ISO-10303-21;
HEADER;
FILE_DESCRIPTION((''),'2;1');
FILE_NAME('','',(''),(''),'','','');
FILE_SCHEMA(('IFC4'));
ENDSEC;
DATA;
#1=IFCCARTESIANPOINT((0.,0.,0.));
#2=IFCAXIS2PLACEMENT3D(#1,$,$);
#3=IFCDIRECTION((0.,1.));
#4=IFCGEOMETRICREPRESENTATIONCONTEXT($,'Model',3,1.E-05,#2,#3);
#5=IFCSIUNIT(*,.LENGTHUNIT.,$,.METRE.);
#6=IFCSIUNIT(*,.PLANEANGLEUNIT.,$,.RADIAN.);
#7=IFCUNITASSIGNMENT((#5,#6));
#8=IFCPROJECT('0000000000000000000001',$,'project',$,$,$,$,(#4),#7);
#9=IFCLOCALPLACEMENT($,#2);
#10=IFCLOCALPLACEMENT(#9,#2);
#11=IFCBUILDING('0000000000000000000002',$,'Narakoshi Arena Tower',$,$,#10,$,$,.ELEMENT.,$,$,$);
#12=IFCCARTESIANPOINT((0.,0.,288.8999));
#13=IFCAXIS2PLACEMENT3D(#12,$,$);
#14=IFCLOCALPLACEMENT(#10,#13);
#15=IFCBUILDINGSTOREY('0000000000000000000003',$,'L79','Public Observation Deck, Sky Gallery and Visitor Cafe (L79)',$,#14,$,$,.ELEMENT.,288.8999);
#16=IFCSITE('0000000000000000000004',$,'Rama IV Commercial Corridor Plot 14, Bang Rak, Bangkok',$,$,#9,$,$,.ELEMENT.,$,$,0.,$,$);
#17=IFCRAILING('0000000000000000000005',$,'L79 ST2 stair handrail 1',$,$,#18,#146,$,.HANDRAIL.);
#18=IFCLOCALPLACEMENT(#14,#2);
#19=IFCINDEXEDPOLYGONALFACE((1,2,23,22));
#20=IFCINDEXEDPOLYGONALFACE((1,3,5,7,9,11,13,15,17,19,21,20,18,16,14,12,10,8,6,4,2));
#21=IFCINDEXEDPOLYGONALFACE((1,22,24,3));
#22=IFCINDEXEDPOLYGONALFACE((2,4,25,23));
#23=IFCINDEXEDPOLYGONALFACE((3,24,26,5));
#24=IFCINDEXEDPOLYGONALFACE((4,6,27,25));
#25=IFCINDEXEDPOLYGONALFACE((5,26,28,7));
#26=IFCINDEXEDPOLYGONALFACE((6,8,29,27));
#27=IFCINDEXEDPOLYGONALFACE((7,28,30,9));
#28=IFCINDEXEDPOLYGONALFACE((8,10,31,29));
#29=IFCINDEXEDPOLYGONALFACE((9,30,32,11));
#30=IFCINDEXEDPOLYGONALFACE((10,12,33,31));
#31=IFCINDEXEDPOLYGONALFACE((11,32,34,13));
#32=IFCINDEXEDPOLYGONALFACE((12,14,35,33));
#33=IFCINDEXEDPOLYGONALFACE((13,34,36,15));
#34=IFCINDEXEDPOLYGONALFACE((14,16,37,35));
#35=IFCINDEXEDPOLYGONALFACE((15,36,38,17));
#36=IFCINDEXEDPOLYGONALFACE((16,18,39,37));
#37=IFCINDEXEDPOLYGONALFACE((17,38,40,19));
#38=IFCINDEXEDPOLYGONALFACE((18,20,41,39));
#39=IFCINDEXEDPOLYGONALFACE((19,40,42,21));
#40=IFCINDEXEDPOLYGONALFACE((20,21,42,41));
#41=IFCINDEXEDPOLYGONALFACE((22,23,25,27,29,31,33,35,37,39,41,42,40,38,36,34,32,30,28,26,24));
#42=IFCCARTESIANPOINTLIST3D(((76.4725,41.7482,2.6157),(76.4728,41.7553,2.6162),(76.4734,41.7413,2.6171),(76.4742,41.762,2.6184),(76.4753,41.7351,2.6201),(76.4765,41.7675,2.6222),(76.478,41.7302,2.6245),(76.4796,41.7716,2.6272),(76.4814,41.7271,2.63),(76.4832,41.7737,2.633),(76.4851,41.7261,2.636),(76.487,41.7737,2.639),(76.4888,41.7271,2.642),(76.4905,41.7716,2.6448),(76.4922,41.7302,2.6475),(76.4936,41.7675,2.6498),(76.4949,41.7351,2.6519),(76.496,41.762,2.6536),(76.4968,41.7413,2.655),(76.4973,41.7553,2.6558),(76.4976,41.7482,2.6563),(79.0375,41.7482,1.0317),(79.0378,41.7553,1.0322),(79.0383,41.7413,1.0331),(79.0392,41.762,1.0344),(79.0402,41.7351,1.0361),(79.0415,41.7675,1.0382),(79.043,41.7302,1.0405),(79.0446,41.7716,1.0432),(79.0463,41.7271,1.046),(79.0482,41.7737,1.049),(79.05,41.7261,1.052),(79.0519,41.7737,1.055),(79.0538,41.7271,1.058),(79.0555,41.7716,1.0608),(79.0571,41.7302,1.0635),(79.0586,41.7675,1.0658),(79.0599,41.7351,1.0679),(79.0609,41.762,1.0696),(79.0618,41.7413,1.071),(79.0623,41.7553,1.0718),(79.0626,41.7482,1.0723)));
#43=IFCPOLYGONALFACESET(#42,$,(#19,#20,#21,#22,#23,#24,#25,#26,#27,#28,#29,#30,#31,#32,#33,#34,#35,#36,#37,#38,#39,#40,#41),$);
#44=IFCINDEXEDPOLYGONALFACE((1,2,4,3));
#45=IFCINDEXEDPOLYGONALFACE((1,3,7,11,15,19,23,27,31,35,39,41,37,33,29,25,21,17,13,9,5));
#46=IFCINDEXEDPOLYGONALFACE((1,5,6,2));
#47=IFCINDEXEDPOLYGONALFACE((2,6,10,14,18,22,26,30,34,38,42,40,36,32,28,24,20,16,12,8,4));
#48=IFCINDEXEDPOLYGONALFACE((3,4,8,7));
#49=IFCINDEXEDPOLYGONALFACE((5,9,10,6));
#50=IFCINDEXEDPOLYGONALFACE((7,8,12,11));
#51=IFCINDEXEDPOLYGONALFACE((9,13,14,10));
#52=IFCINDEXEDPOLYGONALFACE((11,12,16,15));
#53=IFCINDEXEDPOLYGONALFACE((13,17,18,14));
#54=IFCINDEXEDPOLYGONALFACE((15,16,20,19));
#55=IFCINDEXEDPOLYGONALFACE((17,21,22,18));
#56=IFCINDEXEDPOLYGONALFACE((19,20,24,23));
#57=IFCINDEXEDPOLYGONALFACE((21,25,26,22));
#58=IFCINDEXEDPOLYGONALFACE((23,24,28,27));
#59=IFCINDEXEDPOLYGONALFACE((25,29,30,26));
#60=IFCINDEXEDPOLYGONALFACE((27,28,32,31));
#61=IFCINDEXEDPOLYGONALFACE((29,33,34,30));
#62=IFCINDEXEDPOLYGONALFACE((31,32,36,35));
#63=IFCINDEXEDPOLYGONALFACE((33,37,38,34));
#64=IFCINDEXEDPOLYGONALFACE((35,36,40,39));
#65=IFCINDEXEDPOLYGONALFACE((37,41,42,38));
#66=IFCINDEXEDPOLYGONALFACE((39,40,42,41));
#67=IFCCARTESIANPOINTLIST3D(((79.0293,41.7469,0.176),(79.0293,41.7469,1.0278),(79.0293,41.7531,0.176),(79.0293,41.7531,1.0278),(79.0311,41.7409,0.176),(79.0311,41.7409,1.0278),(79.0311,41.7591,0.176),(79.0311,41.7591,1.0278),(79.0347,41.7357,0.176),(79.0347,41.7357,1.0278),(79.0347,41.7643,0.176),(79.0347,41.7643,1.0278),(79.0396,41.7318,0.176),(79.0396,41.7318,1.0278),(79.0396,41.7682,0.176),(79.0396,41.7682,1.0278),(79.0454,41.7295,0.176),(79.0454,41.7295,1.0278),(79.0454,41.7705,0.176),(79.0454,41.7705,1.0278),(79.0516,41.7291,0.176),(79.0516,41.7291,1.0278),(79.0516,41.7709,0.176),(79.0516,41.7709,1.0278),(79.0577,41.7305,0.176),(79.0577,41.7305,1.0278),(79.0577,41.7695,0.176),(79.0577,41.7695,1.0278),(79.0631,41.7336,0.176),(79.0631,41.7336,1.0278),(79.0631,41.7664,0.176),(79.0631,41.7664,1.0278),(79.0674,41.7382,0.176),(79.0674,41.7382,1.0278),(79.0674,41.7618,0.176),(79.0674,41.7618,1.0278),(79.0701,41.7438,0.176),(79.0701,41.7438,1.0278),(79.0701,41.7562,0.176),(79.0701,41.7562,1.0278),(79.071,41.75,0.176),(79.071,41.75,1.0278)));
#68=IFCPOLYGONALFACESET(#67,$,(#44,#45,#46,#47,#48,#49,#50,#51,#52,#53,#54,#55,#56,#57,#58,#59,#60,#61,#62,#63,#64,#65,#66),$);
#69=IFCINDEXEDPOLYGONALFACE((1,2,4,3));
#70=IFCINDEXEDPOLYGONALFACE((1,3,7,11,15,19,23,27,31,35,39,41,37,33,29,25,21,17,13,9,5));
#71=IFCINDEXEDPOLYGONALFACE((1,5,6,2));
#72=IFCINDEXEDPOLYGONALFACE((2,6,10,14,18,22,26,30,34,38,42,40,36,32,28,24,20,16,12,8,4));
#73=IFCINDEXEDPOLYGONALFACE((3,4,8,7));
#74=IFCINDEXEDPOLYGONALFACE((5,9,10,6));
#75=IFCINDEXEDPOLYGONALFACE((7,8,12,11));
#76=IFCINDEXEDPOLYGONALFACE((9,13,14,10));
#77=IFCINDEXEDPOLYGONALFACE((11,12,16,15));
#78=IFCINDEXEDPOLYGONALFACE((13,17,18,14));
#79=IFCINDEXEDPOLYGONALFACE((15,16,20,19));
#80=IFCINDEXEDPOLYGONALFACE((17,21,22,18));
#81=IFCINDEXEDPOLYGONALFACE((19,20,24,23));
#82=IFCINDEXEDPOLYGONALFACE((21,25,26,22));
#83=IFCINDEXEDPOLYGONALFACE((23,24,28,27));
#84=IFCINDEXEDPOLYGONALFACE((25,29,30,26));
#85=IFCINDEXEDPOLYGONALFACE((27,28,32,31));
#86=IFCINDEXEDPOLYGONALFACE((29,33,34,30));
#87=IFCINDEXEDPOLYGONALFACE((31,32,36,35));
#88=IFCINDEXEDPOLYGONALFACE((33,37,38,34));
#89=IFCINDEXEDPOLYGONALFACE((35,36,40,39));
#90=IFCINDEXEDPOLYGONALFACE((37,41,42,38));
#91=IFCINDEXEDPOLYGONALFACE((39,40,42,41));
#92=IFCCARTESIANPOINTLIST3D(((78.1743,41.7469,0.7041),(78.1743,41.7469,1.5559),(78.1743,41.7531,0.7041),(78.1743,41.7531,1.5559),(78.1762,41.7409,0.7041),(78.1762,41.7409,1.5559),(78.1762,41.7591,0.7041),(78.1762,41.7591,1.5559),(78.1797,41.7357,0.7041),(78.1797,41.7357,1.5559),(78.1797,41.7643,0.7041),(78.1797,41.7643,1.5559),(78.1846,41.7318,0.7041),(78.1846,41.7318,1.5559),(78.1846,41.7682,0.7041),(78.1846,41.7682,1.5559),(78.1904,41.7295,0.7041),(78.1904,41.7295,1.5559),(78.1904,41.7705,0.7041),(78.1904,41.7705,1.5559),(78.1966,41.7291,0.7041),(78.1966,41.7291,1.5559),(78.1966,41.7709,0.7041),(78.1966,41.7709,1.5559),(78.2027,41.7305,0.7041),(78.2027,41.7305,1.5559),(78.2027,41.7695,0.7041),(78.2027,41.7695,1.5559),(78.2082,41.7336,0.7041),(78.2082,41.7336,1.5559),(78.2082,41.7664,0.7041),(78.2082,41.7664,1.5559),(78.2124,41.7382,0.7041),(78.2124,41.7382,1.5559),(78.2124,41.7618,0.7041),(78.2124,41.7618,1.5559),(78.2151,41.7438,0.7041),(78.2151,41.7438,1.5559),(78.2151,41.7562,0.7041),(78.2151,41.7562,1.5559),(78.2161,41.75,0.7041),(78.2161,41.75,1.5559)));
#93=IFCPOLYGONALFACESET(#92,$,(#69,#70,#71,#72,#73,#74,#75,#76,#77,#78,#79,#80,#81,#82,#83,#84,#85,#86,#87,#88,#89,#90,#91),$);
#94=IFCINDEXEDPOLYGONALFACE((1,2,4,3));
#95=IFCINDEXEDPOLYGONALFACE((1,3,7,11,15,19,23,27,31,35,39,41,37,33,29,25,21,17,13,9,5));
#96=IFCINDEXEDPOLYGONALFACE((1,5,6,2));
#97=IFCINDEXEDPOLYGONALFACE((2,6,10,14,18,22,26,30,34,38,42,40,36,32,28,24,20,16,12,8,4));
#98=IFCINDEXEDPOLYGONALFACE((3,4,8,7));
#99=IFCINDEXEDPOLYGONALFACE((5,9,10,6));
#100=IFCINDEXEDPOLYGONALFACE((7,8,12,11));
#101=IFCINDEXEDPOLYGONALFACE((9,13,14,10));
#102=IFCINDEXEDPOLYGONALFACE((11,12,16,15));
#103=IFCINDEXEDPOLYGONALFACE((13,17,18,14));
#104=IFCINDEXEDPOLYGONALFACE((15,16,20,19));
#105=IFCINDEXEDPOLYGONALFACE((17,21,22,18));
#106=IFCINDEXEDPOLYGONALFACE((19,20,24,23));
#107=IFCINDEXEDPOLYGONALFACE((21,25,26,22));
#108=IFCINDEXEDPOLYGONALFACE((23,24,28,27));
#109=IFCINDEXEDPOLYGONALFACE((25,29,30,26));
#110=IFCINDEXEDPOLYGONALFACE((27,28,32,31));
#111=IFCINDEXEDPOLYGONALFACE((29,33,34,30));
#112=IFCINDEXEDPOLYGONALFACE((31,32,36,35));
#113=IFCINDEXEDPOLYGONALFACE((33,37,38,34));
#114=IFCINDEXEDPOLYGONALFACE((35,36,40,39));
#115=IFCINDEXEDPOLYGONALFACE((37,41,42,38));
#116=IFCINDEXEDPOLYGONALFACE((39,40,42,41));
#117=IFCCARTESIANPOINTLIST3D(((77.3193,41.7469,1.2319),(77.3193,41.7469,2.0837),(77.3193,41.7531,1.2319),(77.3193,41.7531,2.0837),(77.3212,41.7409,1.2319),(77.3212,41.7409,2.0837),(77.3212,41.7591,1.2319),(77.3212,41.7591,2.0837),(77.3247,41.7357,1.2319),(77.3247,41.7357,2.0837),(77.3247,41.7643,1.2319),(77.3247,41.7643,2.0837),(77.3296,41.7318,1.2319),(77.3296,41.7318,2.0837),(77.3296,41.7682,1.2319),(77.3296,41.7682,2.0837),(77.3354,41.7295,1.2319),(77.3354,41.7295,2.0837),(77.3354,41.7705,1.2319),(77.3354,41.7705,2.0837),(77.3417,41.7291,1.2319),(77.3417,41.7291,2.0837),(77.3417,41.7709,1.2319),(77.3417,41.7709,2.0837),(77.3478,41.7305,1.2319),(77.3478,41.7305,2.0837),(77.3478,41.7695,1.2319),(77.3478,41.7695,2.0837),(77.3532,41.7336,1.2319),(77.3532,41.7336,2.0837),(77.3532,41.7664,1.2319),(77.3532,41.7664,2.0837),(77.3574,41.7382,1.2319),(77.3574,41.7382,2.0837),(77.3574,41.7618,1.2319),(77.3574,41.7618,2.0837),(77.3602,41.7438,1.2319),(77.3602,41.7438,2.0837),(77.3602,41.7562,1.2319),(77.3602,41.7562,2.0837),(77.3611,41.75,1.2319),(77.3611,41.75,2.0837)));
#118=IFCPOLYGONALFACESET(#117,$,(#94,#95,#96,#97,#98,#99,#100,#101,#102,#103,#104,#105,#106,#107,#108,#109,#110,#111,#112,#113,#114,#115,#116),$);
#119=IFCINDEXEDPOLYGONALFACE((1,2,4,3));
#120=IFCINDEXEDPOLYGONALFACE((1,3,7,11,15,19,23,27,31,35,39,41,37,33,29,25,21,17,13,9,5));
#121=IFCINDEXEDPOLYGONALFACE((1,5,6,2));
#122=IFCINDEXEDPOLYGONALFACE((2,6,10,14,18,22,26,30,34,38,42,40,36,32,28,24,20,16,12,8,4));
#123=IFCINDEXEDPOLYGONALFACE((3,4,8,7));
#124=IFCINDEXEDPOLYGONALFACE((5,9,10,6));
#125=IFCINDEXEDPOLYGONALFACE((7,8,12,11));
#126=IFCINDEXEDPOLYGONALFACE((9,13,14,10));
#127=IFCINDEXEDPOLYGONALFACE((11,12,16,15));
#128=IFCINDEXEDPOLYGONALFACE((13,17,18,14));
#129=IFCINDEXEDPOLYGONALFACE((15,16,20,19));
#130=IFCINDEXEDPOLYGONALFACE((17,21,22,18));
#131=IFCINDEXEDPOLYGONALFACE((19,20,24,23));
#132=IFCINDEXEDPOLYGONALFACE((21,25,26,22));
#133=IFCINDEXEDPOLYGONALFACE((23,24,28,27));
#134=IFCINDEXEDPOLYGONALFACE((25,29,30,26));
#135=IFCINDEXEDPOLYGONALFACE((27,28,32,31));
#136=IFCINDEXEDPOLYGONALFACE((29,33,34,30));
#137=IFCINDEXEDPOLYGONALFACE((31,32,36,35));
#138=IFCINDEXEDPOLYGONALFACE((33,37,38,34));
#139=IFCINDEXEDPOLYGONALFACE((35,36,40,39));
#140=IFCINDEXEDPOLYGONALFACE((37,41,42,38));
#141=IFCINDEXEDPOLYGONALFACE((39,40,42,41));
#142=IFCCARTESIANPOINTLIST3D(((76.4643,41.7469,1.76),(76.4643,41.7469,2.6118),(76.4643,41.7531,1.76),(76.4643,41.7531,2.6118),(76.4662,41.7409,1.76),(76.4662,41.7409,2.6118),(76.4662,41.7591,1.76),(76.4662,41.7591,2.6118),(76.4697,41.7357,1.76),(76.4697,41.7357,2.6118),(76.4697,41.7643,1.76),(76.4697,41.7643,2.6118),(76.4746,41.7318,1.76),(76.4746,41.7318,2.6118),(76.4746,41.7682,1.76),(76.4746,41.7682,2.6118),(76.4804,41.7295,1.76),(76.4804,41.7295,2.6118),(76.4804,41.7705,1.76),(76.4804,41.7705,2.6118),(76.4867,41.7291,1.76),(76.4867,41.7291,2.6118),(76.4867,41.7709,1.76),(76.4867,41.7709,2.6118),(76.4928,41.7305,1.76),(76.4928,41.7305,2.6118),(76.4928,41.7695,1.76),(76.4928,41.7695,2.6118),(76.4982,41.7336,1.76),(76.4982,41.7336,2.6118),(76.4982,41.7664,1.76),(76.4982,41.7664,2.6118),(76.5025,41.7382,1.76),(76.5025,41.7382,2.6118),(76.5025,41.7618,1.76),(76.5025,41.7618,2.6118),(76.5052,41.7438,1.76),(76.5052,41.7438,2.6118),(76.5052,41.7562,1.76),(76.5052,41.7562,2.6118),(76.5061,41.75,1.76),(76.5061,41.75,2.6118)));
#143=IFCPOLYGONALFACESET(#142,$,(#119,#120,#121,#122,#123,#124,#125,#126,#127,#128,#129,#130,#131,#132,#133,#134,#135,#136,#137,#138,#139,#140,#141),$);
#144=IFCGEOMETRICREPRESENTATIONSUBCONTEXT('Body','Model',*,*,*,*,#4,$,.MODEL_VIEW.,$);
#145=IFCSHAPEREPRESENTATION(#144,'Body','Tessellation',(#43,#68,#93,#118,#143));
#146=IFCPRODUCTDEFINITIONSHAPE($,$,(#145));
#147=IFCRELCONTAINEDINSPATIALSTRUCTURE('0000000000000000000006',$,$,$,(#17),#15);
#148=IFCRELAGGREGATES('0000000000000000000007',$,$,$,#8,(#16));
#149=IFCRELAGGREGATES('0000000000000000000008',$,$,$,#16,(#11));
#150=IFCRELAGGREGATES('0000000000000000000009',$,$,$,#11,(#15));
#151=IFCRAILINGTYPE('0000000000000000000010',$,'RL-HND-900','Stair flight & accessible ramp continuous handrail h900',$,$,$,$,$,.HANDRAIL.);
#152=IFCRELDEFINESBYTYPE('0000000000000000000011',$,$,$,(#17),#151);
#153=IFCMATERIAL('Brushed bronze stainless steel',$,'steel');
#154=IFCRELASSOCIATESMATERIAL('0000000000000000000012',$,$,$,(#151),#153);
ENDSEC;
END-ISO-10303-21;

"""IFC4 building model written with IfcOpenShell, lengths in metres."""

from ifc_helpers import new_model, si_unit, direction, frame, origin, origin_2d, place, context, subcontext, project, spatial, circle, extrude, material, type_object, element, save


model = new_model("IFC4")

# Units and contexts
model_context = context("Model", 3, precision=1e-05, world=origin(), true_north=direction((0.0, 1.0)))
body_context = subcontext(model_context, "Body", "Model", "MODEL_VIEW")
ifc_project = project(units=[si_unit("LENGTHUNIT", "METRE"), si_unit("PLANEANGLEUNIT", "RADIAN")], contexts=[model_context])

# Site, building, storey
site_placement = place(None, origin())
site = spatial("IfcSite", under=ifc_project, at=site_placement, Name="Rama IV Commercial Corridor Plot 14, Bang Rak, Bangkok", CompositionType="ELEMENT", RefElevation=0.0)
building_placement = place(site_placement, origin())
building = spatial("IfcBuilding", under=site, at=building_placement, Name="Narakoshi Arena Tower", CompositionType="ELEMENT")
storey_placement = place(building_placement, frame((0.0, 0.0, 288.8999)))
storey = spatial("IfcBuildingStorey", under=building, at=storey_placement, Name="L79", Description="Public Observation Deck, Sky Gallery and Visitor Cafe (L79)", CompositionType="ELEMENT", Elevation=288.8999)

# Shared definitions
ifc_material_1 = material(Name="Brushed bronze stainless steel", Category="steel")

# Railing
railing_type_1 = type_object("IfcRailingType", Name="RL-HND-900", Description="Stair flight & accessible ramp continuous handrail h900", PredefinedType="HANDRAIL", material=ifc_material_1)
railing_1_placement = place(storey_placement, frame((79.05, 41.75, 0.176)))
element("IfcRailing", 1, at=railing_1_placement, inside=storey, type_object=railing_type_1, Name="L79 ST2 stair handrail 1", PredefinedType="HANDRAIL", context=body_context, shape_type="SweptSolid", body=[
    extrude(circle(Radius=0.0239, at=origin_2d()), frame((0.0, 0.0, 0.876), z_axis=(-0.850834, 0.0, 0.525434), x_axis=(0.0, -1.0, 0.0)), (0.0, 0.0, 1.0), 3.0146),
    extrude(circle(Radius=0.021, at=origin_2d()), origin(), (0.0, 0.0, 1.0), 0.8518),
    extrude(circle(Radius=0.021, at=origin_2d()), frame((-0.855, 0.0, 0.5281)), (0.0, 0.0, 1.0), 0.8518),
    extrude(circle(Radius=0.021, at=origin_2d()), frame((-1.71, 0.0, 1.0559)), (0.0, 0.0, 1.0), 0.8518),
    extrude(circle(Radius=0.021, at=origin_2d()), frame((-2.5649, 0.0, 1.584)), (0.0, 0.0, 1.0), 0.8518),
])

save(model, "model.ifc")
